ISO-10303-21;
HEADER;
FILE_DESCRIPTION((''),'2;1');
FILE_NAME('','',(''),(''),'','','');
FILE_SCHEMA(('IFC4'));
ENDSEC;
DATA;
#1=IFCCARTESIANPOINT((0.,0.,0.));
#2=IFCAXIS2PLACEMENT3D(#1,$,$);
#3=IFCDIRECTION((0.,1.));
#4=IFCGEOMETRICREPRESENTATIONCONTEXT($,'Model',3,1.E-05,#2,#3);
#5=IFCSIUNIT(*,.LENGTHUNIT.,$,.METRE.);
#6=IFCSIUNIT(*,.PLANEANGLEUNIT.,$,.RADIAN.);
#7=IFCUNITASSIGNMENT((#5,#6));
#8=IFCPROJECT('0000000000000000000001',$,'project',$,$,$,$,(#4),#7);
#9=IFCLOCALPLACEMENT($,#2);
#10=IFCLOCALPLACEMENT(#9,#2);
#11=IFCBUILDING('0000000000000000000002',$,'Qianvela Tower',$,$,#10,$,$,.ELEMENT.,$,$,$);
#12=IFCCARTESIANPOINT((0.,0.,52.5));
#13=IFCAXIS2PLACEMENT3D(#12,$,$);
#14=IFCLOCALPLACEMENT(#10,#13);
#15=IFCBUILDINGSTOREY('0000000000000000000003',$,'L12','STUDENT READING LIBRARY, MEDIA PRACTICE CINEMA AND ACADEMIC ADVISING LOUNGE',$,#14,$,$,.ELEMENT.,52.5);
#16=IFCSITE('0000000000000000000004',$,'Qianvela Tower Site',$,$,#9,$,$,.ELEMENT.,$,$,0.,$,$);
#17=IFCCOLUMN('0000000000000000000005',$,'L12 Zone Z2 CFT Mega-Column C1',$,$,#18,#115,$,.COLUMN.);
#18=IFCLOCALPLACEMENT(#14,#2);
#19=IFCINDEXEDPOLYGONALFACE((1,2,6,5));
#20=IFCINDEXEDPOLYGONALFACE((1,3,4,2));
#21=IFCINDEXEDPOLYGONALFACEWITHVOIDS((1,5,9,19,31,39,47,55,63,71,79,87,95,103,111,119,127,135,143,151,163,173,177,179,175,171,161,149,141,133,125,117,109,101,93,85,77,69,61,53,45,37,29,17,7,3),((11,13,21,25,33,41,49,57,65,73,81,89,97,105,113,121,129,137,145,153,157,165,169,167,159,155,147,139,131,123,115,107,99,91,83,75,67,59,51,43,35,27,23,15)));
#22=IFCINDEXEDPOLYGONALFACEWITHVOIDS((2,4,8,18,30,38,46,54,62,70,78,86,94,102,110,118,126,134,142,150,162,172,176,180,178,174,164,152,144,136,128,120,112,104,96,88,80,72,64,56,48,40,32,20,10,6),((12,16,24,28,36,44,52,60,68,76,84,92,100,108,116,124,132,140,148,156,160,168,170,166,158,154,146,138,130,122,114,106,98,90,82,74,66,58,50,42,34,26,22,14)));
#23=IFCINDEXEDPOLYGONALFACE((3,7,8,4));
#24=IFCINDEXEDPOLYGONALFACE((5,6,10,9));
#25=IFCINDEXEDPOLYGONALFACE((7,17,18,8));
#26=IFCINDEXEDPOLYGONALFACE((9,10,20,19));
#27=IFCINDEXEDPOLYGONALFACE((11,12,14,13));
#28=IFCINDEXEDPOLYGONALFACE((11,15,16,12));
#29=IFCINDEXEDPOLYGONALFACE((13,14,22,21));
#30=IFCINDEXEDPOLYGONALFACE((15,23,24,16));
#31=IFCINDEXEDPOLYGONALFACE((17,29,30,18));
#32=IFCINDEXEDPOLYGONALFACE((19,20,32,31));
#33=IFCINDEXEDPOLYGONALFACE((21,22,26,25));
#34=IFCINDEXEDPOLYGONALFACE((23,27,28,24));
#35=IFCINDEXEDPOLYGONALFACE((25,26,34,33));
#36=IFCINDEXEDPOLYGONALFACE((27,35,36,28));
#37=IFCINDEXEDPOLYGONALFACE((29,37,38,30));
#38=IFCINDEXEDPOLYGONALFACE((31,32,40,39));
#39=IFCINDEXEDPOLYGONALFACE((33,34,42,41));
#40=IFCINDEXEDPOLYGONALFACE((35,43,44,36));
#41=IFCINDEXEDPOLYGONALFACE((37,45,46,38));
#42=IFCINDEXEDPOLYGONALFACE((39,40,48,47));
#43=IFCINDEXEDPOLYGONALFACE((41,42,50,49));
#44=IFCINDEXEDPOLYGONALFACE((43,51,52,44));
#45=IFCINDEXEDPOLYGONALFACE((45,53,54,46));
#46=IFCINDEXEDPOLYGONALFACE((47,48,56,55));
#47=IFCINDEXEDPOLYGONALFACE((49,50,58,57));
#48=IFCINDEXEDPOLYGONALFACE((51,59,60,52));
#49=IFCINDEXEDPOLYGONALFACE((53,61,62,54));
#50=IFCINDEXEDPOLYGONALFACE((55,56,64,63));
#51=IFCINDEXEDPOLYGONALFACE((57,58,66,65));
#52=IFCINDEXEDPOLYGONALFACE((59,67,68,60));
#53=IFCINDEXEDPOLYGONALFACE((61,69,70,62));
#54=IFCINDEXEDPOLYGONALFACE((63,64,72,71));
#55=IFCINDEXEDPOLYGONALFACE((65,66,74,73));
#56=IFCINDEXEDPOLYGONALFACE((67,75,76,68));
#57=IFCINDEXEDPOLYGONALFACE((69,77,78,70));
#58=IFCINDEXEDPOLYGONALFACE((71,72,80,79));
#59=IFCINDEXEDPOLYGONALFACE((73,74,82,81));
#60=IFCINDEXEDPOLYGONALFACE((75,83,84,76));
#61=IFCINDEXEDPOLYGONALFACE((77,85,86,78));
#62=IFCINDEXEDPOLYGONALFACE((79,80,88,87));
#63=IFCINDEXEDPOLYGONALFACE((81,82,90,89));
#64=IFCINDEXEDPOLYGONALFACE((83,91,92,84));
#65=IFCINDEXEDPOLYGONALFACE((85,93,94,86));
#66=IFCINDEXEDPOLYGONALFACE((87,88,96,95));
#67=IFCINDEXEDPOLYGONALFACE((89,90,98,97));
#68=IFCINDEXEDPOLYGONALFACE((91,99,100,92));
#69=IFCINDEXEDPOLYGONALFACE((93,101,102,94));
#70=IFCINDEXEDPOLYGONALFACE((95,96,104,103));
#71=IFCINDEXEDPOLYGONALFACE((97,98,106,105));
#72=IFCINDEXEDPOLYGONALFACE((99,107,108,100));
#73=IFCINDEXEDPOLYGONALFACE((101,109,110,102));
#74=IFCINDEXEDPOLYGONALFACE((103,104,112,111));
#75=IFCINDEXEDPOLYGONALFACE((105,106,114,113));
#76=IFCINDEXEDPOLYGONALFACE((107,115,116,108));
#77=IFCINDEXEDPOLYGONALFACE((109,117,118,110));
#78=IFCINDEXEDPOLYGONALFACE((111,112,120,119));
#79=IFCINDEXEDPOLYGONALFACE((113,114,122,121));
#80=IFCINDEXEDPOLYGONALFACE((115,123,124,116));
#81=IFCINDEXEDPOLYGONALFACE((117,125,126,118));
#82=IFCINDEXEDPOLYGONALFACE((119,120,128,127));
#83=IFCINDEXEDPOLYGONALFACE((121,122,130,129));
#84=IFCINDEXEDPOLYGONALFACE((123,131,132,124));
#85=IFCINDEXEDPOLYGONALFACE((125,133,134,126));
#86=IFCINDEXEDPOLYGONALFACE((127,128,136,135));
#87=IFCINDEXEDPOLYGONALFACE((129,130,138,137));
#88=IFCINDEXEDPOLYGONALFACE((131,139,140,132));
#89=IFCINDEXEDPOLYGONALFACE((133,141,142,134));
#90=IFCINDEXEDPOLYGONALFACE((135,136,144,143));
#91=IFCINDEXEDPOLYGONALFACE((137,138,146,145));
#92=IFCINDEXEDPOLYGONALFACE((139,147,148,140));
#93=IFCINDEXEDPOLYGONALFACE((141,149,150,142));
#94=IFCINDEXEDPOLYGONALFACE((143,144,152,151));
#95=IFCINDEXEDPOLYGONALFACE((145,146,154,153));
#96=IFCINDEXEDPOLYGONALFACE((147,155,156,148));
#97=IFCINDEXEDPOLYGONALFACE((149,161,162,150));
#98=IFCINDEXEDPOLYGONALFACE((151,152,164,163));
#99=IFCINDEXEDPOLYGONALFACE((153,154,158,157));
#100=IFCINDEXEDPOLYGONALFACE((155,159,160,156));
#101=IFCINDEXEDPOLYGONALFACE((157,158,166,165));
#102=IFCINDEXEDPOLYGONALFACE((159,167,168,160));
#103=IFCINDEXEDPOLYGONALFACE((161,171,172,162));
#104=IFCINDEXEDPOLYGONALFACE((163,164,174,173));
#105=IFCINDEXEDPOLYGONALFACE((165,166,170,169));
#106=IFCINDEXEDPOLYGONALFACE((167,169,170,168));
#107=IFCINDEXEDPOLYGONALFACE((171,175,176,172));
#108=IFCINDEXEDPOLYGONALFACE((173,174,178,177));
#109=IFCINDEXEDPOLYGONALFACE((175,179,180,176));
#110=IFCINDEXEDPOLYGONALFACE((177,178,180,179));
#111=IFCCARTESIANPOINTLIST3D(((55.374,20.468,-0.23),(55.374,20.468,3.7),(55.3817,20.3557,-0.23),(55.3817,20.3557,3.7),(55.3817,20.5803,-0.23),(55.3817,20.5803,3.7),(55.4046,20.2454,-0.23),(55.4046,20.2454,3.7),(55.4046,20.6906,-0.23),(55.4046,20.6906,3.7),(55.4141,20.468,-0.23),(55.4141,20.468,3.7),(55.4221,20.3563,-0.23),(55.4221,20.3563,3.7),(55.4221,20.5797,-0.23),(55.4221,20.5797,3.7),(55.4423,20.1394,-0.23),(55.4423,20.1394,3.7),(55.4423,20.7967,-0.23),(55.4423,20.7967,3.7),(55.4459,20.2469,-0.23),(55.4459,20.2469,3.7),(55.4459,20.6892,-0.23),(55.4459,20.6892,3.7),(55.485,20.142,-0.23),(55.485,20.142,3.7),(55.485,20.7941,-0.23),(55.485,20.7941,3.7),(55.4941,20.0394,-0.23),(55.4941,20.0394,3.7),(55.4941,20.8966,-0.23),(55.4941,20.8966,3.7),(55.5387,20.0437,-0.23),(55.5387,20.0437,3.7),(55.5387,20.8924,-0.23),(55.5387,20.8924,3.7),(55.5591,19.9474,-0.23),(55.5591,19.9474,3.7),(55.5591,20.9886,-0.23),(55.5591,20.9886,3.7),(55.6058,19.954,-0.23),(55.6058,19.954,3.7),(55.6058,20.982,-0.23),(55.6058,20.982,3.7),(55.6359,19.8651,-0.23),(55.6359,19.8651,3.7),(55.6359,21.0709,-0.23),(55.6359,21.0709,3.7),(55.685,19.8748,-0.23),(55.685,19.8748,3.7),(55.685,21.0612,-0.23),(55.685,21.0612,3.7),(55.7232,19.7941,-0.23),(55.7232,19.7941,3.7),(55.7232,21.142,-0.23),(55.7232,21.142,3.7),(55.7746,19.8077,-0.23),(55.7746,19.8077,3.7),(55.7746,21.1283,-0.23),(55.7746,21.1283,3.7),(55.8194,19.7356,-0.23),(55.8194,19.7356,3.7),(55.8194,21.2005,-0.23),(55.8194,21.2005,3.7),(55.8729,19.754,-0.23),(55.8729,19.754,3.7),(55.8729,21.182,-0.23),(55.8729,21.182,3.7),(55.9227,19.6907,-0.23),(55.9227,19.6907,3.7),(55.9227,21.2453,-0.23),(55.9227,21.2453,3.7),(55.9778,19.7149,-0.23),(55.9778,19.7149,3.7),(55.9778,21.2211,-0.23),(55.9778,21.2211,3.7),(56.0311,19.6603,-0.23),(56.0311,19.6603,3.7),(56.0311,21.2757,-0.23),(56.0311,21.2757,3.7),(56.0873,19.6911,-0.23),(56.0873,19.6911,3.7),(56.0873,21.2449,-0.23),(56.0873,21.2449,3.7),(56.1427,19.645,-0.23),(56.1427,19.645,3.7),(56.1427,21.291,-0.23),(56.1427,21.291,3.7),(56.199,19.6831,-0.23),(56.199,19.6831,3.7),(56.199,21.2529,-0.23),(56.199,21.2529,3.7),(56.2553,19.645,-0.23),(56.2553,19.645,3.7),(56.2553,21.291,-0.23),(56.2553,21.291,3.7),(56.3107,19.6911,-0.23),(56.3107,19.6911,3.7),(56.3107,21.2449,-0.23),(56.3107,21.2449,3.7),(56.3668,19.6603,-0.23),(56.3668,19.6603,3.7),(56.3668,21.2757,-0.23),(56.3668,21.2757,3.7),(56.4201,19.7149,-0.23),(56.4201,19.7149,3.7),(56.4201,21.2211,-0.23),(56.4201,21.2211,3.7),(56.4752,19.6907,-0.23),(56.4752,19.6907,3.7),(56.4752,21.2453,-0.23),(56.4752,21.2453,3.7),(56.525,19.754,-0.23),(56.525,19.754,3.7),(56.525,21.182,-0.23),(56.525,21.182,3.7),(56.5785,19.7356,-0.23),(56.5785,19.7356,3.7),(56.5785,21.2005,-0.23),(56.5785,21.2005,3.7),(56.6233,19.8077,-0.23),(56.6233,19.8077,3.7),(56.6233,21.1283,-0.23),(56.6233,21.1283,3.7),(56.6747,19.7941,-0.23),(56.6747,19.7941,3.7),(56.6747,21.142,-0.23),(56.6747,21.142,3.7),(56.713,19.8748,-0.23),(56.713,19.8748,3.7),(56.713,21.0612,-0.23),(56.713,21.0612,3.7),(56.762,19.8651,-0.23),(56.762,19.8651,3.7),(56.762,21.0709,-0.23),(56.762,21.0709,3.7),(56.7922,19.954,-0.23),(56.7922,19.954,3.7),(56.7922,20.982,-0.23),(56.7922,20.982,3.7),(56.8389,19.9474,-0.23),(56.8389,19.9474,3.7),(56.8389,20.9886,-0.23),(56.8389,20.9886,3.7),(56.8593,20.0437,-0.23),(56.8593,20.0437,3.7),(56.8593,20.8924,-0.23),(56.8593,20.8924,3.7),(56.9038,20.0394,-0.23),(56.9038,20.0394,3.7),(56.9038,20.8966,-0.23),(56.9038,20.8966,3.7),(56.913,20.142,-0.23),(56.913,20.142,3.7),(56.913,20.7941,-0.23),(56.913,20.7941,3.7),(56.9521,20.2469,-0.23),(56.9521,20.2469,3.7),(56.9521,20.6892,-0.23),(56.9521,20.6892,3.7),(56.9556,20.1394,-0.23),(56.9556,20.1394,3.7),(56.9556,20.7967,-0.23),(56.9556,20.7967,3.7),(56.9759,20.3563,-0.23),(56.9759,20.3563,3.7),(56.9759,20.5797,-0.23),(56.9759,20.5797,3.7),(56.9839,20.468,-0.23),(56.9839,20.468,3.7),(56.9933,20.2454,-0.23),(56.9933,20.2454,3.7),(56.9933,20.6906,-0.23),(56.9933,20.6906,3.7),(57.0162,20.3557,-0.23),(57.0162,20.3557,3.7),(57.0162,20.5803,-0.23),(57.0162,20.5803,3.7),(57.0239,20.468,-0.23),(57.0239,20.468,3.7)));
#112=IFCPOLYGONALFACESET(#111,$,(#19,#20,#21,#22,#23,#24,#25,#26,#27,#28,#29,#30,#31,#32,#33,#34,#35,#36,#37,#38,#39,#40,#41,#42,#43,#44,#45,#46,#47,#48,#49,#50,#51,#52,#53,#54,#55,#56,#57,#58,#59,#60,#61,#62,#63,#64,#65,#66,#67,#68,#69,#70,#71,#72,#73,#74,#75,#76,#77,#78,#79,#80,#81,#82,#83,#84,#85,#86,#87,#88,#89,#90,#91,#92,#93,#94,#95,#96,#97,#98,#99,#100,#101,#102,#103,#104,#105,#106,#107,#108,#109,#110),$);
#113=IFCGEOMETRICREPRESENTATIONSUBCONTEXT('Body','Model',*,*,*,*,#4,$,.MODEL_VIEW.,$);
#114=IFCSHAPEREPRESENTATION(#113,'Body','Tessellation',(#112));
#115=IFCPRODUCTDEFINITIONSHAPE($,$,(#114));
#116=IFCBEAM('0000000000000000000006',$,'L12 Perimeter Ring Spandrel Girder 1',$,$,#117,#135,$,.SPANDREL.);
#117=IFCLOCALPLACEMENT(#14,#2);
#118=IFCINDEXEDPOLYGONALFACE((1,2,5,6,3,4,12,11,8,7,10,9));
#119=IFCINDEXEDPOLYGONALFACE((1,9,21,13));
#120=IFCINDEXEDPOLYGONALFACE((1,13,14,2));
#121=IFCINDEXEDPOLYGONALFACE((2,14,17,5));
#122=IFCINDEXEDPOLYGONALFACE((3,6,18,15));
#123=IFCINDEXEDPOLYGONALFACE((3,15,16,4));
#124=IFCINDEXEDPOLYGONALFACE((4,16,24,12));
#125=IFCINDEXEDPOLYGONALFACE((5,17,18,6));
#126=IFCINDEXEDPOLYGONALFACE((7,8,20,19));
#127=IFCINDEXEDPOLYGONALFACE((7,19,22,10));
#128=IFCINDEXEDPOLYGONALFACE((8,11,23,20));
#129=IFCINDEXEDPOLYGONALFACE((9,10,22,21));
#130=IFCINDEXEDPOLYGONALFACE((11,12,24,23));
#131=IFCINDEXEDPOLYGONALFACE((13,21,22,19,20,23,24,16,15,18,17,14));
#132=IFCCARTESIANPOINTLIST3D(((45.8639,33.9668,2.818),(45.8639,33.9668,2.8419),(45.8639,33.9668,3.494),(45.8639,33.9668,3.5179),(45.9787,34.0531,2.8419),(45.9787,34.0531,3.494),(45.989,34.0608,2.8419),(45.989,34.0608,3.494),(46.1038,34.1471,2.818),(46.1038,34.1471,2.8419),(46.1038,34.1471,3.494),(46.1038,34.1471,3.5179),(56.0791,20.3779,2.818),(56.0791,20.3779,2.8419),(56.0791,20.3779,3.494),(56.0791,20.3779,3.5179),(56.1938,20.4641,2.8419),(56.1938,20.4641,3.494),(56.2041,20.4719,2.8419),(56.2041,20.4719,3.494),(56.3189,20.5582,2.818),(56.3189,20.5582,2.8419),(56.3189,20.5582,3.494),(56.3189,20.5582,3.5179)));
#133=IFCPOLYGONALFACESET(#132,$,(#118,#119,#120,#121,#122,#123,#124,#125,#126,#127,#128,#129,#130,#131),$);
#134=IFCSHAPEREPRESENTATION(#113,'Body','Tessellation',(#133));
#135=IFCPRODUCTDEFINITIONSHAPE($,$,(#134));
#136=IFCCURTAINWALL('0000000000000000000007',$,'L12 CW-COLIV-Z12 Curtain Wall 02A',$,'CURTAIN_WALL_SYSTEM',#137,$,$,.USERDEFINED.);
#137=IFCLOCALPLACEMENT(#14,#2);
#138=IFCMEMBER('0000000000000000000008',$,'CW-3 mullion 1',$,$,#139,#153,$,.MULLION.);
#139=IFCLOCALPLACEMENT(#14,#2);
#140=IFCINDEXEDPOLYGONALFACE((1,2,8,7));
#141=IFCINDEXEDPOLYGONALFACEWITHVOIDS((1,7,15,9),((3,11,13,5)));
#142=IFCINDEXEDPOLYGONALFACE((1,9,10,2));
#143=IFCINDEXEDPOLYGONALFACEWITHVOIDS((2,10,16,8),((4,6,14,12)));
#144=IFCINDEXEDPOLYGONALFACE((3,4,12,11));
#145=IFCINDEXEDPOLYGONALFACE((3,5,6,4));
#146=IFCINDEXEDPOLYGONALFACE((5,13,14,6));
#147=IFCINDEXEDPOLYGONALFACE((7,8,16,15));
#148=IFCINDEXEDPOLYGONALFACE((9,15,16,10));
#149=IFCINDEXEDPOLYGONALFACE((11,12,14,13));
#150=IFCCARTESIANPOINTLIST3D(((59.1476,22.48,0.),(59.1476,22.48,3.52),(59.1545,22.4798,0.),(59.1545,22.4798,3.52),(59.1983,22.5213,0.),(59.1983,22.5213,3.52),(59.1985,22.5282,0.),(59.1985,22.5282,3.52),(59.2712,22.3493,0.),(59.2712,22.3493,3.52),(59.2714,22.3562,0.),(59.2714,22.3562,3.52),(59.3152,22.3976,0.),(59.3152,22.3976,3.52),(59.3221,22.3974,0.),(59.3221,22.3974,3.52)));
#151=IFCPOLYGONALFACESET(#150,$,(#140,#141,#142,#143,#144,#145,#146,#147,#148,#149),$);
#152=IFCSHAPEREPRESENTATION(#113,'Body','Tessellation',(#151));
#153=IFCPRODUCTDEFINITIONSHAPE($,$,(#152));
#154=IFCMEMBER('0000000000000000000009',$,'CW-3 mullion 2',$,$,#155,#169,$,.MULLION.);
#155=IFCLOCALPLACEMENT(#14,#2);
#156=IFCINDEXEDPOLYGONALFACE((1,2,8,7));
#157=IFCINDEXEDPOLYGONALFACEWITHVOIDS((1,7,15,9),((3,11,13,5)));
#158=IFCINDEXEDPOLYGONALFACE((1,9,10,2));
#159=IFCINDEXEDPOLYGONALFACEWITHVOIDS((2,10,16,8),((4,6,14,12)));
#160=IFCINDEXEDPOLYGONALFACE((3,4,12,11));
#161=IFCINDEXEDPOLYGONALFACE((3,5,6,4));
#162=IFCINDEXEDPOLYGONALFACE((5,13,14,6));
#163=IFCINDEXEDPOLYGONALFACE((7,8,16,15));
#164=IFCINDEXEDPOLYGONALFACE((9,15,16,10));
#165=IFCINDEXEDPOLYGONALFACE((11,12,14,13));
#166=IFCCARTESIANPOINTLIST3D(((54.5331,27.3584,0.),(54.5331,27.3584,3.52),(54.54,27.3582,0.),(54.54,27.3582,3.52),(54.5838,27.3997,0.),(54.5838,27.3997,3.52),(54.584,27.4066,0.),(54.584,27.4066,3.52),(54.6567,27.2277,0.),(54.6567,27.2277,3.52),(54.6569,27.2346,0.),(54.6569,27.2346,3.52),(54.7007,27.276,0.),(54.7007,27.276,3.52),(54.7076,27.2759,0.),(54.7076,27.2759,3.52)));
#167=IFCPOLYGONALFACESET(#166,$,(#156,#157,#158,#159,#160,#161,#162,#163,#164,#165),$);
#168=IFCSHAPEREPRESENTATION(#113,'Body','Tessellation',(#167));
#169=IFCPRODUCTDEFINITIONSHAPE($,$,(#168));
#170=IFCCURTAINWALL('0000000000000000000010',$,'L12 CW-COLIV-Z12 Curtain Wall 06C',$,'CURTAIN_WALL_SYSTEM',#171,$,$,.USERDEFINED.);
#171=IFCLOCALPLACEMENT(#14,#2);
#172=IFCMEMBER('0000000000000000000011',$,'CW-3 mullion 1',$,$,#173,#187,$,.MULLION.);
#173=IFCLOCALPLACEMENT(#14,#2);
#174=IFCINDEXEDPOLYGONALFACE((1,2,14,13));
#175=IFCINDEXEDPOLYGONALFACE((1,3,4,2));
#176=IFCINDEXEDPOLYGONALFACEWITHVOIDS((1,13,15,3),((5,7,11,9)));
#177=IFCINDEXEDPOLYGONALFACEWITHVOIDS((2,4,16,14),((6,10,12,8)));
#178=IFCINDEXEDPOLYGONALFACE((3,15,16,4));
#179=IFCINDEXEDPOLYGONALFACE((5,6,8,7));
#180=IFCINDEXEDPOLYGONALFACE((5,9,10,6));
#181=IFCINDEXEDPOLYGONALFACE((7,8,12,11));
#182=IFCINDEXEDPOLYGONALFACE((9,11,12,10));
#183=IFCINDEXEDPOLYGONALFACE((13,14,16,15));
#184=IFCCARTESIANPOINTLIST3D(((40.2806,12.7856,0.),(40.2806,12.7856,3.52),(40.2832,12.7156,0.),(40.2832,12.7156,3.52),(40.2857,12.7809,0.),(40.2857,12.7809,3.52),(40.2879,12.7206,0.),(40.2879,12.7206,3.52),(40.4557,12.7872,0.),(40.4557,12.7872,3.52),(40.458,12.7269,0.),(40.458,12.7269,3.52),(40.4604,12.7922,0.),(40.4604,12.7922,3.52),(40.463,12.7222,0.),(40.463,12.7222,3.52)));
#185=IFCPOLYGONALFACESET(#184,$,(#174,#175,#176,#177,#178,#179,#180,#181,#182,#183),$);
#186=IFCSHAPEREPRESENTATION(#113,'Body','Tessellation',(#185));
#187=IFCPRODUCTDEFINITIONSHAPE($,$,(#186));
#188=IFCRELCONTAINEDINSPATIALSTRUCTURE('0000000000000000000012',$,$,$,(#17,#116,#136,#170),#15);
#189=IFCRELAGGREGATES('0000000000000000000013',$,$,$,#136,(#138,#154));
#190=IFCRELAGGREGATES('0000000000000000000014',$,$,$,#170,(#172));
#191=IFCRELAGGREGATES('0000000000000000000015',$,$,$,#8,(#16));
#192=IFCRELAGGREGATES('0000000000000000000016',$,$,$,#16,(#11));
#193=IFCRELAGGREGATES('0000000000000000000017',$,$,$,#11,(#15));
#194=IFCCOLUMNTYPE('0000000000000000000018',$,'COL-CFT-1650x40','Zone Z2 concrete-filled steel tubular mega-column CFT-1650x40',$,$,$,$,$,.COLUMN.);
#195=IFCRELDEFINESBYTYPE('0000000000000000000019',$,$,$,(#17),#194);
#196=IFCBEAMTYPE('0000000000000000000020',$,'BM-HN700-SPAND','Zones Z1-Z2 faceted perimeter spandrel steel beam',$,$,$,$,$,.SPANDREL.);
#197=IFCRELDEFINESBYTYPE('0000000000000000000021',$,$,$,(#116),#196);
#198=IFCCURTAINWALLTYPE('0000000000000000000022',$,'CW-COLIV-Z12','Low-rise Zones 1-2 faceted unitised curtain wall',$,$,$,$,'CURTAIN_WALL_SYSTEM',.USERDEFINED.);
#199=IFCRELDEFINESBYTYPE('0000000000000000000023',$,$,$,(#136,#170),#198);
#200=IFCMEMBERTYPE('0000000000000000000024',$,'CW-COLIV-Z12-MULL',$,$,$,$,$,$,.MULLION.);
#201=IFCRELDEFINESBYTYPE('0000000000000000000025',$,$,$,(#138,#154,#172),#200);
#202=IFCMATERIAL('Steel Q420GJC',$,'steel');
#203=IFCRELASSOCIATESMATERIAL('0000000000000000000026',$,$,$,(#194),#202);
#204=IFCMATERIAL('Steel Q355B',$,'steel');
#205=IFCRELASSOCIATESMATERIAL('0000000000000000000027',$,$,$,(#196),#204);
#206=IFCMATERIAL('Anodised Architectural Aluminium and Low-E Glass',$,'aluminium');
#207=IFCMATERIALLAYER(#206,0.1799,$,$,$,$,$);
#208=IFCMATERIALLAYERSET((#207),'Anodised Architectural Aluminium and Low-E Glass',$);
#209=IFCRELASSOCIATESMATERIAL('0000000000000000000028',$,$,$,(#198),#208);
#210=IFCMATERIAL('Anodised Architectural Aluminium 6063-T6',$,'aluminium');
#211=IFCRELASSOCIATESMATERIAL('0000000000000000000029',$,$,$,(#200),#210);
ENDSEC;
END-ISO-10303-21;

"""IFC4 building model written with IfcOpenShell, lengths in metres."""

from ifc_helpers import new_model, si_unit, direction, frame, origin, origin_2d, place, context, subcontext, project, spatial, hollow_rectangle, hollow_circle, i_section, extrude, material, layer, layer_set, material_profile, profile_set, type_object, element, aggregate, save


model = new_model("IFC4")

# Units and contexts
model_context = context("Model", 3, precision=1e-05, world=origin(), true_north=direction((0.0, 1.0)))
body_context = subcontext(model_context, "Body", "Model", "MODEL_VIEW")
ifc_project = project(units=[si_unit("LENGTHUNIT", "METRE"), si_unit("PLANEANGLEUNIT", "RADIAN")], contexts=[model_context])

# Site, building, storey
site_placement = place(None, origin())
site = spatial("IfcSite", under=ifc_project, at=site_placement, Name="Qianvela Tower Site", CompositionType="ELEMENT", RefElevation=0.0)
building_placement = place(site_placement, origin())
building = spatial("IfcBuilding", under=site, at=building_placement, Name="Qianvela Tower", CompositionType="ELEMENT")
storey_placement = place(building_placement, frame((0.0, 0.0, 52.5)))
storey = spatial("IfcBuildingStorey", under=building, at=storey_placement, Name="L12", Description="STUDENT READING LIBRARY, MEDIA PRACTICE CINEMA AND ACADEMIC ADVISING LOUNGE", CompositionType="ELEMENT", Elevation=52.5)

# Column
ifc_material_1 = material(Name="Steel Q420GJC", Category="steel")
ifc_material_profile_1 = material_profile(ifc_material_1, hollow_circle(Radius=0.825, WallThickness=0.04, at=origin_2d()), Name="CFT-1650x40")
ifc_profile_set_1 = profile_set([ifc_material_profile_1], Name="Steel Q420GJC")
column_type = type_object("IfcColumnType", Name="COL-CFT-1650x40", Description="Zone Z2 concrete-filled steel tubular mega-column CFT-1650x40", PredefinedType="COLUMN", material=ifc_profile_set_1)
column_placement = place(storey_placement, frame((56.199, 20.468, -0.23), z_axis=(0.0, 0.0, 1.0), x_axis=(1.0, 0.0, 0.0)))
element("IfcColumn", 1, at=column_placement, inside=storey, type_object=column_type, Name="L12 Zone Z2 CFT Mega-Column C1", PredefinedType="COLUMN", context=body_context, shape_type="SweptSolid", body=[
    extrude(hollow_circle(Radius=0.825, WallThickness=0.04, at=origin_2d()), origin(), (0.0, 0.0, 1.0), 3.9299),
])

# Beam
ifc_material_2 = material(Name="Steel Q355B", Category="steel")
ifc_material_profile_2 = material_profile(ifc_material_2, i_section(OverallWidth=0.3, OverallDepth=0.7, WebThickness=0.0129, FlangeThickness=0.0239, at=origin_2d()), Name="HN700x300x13x24")
ifc_profile_set_2 = profile_set([ifc_material_profile_2], Name="Steel Q355B")
beam_type = type_object("IfcBeamType", Name="BM-HN700-SPAND", Description="Zones Z1-Z2 faceted perimeter spandrel steel beam", PredefinedType="SPANDREL", material=ifc_profile_set_2)
beam_placement = place(storey_placement, frame((56.199, 20.468, 3.168), z_axis=(-0.600882, 0.799338, 0.0), x_axis=(-0.799338, -0.600882, 0.0)))
element("IfcBeam", 2, at=beam_placement, inside=storey, type_object=beam_type, Name="L12 Perimeter Ring Spandrel Girder 1", PredefinedType="SPANDREL", context=body_context, shape_type="SweptSolid", body=[
    extrude(i_section(OverallWidth=0.3, OverallDepth=0.7, WebThickness=0.0129, FlangeThickness=0.0239, at=origin_2d()), origin(), (0.0, 0.0, 1.0), 17.0002),
])

# Curtain walls, members
ifc_material_3 = material(Name="Anodised Architectural Aluminium and Low-E Glass", Category="aluminium")
ifc_layer_1 = layer(ifc_material_3, 0.1799)
ifc_layer_set_1 = layer_set([ifc_layer_1], Name="Anodised Architectural Aluminium and Low-E Glass")
curtain_wall_type = type_object("IfcCurtainWallType", Name="CW-COLIV-Z12", Description="Low-rise Zones 1-2 faceted unitised curtain wall", ElementType="CURTAIN_WALL_SYSTEM", PredefinedType="USERDEFINED", material=ifc_layer_set_1)
curtain_wall_1_placement = place(storey_placement, origin())
curtain_wall_1 = element("IfcCurtainWall", 3, at=curtain_wall_1_placement, inside=storey, type_object=curtain_wall_type, Name="L12 CW-COLIV-Z12 Curtain Wall 02A", ObjectType="CURTAIN_WALL_SYSTEM", PredefinedType="USERDEFINED")
ifc_material_4 = material(Name="Anodised Architectural Aluminium 6063-T6", Category="aluminium")
ifc_material_profile_3 = material_profile(ifc_material_4, hollow_rectangle(XDim=0.0701, YDim=0.1799, WallThickness=0.0049, at=origin_2d()), Name="ALU-MULL-70x180")
ifc_profile_set_3 = profile_set([ifc_material_profile_3], Name="Anodised Architectural Aluminium 6063-T6")
member_type_1 = type_object("IfcMemberType", Name="CW-COLIV-Z12-MULL", PredefinedType="MULLION", material=ifc_profile_set_3)
member_1_placement = place(storey_placement, frame((59.2349, 22.4387, 0.0), z_axis=(0.0, 0.0, 1.0), x_axis=(-0.726496, -0.68717, 0.0)))
member_1 = element("IfcMember", 4, at=member_1_placement, type_object=member_type_1, Name="CW-3 mullion 1", PredefinedType="MULLION", context=body_context, shape_type="SweptSolid", body=[
    extrude(hollow_rectangle(XDim=0.0701, YDim=0.1799, WallThickness=0.0049, at=origin_2d()), origin(), (0.0, 0.0, 1.0), 3.52),
])
member_2_placement = place(storey_placement, frame((54.6204, 27.3171, 0.0), z_axis=(0.0, 0.0, 1.0), x_axis=(-0.726496, -0.68717, 0.0)))
member_2 = element("IfcMember", 5, at=member_2_placement, type_object=member_type_1, Name="CW-3 mullion 2", PredefinedType="MULLION", context=body_context, shape_type="SweptSolid", body=[
    extrude(hollow_rectangle(XDim=0.0701, YDim=0.1799, WallThickness=0.0049, at=origin_2d()), origin(), (0.0, 0.0, 1.0), 3.52),
])
curtain_wall_2_placement = place(storey_placement, origin())
curtain_wall_2 = element("IfcCurtainWall", 6, at=curtain_wall_2_placement, inside=storey, type_object=curtain_wall_type, Name="L12 CW-COLIV-Z12 Curtain Wall 06C", ObjectType="CURTAIN_WALL_SYSTEM", PredefinedType="USERDEFINED")
member_3_placement = place(storey_placement, frame((40.3718, 12.7539, 0.0), z_axis=(0.0, 0.0, 1.0), x_axis=(-0.036876, 0.99932, 0.0)))
member_3 = element("IfcMember", 7, at=member_3_placement, type_object=member_type_1, Name="CW-3 mullion 1", PredefinedType="MULLION", context=body_context, shape_type="SweptSolid", body=[
    extrude(hollow_rectangle(XDim=0.0701, YDim=0.1799, WallThickness=0.0049, at=origin_2d()), origin(), (0.0, 0.0, 1.0), 3.52),
])

aggregate(curtain_wall_1, [member_1, member_2])
aggregate(curtain_wall_2, [member_3])

save(model, "model.ifc")
